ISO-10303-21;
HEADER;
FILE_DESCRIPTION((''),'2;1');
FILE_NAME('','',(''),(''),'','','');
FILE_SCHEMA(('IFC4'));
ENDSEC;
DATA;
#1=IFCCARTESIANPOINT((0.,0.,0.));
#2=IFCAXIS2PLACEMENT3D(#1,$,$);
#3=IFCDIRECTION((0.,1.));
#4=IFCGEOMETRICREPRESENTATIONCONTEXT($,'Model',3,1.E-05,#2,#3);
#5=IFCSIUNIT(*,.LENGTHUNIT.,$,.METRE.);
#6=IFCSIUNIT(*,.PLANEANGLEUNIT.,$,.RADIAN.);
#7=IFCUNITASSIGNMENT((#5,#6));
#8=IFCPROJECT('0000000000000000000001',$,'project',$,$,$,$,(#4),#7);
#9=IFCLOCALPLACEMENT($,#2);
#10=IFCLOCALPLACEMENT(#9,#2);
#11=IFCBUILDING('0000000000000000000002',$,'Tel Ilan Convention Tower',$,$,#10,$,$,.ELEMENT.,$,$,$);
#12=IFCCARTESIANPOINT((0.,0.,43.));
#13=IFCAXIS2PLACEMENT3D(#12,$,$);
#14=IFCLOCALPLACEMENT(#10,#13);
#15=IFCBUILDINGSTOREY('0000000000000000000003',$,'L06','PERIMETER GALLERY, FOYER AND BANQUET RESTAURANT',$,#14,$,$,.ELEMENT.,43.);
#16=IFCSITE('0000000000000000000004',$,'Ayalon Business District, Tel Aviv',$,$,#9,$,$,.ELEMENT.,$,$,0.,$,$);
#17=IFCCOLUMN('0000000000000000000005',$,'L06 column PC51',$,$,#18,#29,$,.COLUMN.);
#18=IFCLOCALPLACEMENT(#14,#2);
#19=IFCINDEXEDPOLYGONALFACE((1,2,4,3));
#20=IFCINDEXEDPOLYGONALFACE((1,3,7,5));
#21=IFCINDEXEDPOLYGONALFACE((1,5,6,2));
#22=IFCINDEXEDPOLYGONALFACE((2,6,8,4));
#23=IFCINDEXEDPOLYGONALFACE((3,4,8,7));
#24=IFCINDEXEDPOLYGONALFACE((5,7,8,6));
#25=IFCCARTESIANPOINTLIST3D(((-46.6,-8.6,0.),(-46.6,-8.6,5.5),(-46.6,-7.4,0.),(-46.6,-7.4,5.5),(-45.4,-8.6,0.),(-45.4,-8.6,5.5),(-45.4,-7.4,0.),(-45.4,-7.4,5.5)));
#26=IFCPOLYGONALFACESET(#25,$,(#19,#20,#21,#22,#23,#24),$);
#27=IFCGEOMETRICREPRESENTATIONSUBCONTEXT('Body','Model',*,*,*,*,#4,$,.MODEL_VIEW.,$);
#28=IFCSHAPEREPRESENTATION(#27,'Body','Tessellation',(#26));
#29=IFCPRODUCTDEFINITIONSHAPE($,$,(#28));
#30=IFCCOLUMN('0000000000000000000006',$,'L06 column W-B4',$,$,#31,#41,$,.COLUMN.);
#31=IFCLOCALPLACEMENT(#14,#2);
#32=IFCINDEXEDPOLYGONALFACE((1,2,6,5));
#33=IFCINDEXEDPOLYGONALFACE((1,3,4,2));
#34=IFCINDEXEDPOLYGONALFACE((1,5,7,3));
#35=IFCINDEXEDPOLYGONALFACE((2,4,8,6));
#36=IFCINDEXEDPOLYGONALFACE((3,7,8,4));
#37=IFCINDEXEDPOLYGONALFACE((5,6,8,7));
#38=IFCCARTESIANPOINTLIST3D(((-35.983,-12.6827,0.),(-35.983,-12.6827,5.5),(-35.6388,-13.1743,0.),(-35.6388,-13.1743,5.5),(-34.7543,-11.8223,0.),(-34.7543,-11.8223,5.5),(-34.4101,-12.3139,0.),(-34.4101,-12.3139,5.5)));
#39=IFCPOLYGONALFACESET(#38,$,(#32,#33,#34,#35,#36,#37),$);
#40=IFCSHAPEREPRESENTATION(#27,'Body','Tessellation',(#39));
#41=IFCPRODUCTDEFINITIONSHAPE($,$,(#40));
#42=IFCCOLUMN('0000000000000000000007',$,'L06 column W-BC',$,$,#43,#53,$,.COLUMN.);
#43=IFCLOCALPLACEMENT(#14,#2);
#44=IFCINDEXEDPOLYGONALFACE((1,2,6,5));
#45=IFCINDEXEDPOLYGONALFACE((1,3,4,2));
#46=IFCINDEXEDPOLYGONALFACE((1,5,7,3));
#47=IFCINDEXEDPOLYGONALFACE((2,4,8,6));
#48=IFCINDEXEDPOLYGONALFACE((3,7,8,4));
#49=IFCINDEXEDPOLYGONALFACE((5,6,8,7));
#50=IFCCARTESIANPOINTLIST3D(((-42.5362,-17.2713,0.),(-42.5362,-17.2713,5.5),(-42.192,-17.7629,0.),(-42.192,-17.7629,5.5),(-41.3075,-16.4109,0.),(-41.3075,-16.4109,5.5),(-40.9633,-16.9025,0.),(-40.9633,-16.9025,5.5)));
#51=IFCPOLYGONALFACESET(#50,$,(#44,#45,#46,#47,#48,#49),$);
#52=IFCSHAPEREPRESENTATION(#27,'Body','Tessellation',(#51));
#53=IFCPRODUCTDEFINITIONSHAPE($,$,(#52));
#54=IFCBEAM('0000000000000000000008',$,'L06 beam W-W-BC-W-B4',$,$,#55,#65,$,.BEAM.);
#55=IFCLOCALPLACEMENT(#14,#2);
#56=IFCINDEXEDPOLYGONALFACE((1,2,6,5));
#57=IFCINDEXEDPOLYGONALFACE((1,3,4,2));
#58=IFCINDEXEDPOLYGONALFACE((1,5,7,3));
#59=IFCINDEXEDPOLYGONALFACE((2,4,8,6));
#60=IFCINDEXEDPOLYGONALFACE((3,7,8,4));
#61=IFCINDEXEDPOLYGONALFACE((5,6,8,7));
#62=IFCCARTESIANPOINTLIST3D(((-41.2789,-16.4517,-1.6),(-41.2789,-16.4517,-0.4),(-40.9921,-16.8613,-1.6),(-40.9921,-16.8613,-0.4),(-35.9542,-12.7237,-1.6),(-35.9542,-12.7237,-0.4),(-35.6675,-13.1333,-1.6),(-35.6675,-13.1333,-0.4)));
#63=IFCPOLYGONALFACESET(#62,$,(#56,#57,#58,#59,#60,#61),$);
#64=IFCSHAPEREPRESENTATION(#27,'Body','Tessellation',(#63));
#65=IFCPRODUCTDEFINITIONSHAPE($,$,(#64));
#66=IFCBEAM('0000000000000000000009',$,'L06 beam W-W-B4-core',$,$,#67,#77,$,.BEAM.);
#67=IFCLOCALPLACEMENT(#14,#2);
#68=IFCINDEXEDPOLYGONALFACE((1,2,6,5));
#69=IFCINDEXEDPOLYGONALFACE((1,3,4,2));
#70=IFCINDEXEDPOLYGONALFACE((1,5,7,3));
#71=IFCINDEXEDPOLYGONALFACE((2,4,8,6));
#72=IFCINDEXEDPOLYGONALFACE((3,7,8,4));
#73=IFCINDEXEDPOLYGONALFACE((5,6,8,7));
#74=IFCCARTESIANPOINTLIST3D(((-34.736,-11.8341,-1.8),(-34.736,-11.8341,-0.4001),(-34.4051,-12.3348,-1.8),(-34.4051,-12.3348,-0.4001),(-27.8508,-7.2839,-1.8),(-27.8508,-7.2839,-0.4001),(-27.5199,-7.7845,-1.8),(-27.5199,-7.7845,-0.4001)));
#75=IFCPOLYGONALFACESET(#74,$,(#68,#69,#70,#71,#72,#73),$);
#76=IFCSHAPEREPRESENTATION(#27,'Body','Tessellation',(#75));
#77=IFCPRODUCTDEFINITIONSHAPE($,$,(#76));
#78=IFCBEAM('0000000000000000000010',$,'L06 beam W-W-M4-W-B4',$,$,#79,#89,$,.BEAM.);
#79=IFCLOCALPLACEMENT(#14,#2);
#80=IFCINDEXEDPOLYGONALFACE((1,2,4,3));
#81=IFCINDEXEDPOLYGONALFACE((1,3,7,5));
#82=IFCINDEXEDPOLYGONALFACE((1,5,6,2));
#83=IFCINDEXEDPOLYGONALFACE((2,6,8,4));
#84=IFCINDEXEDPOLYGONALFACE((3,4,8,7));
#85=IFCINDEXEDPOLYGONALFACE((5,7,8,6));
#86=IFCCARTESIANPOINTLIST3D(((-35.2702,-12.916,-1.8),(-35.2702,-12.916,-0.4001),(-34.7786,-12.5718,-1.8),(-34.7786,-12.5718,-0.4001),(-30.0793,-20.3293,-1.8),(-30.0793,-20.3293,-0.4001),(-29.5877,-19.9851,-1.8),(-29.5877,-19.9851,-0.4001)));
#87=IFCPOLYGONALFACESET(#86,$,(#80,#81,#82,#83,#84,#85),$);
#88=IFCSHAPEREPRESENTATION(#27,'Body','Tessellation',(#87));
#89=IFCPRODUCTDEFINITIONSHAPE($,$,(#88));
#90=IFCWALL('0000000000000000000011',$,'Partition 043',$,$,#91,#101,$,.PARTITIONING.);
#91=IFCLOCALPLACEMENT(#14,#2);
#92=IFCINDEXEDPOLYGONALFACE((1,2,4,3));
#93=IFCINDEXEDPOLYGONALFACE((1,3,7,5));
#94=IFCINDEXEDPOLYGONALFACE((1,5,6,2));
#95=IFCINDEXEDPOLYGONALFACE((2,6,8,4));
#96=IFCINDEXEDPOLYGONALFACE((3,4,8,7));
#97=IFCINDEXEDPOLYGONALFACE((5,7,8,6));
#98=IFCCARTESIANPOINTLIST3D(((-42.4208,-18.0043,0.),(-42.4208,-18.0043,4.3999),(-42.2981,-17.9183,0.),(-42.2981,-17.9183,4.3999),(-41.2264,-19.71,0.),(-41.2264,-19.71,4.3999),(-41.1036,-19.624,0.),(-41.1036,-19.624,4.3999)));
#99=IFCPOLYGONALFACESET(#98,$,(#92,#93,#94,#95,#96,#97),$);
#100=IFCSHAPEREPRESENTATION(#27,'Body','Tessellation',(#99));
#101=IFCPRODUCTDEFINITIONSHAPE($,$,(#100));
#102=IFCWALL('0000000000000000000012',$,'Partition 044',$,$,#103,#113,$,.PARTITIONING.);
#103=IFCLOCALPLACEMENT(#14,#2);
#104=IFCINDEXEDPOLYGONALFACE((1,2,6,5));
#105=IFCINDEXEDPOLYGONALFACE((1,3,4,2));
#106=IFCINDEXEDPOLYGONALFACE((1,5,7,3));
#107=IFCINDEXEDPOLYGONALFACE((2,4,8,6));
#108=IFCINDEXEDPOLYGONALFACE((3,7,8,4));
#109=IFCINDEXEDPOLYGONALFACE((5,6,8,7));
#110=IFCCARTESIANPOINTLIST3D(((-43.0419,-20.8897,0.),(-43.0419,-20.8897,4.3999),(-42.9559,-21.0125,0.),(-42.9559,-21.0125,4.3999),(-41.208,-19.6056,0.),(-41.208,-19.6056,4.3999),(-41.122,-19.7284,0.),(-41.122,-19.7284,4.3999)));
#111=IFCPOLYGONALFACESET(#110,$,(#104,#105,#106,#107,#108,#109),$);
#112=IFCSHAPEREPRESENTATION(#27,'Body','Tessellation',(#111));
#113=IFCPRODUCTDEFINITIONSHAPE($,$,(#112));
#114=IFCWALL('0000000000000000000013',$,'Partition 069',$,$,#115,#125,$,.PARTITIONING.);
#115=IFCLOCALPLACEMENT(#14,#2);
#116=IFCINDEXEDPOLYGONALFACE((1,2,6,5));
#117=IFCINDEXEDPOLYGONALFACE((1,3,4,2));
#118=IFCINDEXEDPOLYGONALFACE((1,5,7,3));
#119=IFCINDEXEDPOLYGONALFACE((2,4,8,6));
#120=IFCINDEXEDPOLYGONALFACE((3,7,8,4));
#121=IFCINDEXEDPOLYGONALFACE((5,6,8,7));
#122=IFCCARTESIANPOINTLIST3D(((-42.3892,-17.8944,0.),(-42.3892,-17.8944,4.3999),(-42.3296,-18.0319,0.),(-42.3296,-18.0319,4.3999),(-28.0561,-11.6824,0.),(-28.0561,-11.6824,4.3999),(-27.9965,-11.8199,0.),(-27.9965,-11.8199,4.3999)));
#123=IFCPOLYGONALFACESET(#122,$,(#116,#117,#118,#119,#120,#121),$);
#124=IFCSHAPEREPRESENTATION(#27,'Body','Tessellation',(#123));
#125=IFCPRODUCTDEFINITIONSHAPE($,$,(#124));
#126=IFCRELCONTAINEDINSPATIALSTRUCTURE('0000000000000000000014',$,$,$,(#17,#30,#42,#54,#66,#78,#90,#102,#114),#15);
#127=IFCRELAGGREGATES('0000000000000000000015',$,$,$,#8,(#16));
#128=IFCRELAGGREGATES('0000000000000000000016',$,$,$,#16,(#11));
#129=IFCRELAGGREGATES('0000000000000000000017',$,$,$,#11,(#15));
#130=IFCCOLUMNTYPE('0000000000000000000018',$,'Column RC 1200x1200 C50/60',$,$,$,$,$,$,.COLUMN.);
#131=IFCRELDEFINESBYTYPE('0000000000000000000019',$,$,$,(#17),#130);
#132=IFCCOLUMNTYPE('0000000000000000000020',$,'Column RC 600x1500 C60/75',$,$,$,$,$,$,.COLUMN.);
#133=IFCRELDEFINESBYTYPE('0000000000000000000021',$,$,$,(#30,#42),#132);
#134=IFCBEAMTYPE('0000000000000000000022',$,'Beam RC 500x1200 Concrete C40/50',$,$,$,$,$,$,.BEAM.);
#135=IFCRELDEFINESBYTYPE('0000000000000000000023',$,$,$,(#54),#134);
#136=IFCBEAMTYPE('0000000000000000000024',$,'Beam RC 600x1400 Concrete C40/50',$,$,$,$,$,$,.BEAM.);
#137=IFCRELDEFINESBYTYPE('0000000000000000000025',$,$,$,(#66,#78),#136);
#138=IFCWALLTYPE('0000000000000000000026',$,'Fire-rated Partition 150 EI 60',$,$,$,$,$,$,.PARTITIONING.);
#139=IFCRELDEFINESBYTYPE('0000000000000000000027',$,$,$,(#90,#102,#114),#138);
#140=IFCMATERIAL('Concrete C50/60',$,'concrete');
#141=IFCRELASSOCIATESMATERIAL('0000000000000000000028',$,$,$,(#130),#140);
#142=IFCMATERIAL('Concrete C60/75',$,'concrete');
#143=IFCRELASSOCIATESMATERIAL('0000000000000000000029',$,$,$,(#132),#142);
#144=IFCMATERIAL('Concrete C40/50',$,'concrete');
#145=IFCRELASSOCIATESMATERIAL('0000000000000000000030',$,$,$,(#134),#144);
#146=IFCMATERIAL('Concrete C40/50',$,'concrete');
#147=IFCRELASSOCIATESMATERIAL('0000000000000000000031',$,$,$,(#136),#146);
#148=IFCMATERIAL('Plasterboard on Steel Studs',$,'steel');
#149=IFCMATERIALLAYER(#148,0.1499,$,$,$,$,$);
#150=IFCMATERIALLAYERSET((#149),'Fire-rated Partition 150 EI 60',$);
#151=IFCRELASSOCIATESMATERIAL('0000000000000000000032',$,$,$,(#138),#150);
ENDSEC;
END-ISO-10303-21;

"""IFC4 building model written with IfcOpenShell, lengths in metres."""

from ifc_helpers import new_model, si_unit, direction, frame, frame_2d, origin, origin_2d, place, context, subcontext, project, spatial, rectangle, extrude, material, layer, layer_set, material_profile, profile_set, type_object, element, save


model = new_model("IFC4")

# Units and contexts
model_context = context("Model", 3, precision=1e-05, world=origin(), true_north=direction((0.0, 1.0)))
body_context = subcontext(model_context, "Body", "Model", "MODEL_VIEW")
ifc_project = project(units=[si_unit("LENGTHUNIT", "METRE"), si_unit("PLANEANGLEUNIT", "RADIAN")], contexts=[model_context])

# Site, building, storey
site_placement = place(None, origin())
site = spatial("IfcSite", under=ifc_project, at=site_placement, Name="Ayalon Business District, Tel Aviv", CompositionType="ELEMENT", RefElevation=0.0)
building_placement = place(site_placement, origin())
building = spatial("IfcBuilding", under=site, at=building_placement, Name="Tel Ilan Convention Tower", CompositionType="ELEMENT")
storey_placement = place(building_placement, frame((0.0, 0.0, 43.0)))
storey = spatial("IfcBuildingStorey", under=building, at=storey_placement, Name="L06", Description="PERIMETER GALLERY, FOYER AND BANQUET RESTAURANT", CompositionType="ELEMENT", Elevation=43.0)

# Columns
ifc_material_1 = material(Name="Concrete C50/60", Category="concrete")
ifc_material_profile_1 = material_profile(ifc_material_1, rectangle(XDim=1.2, YDim=1.2, at=origin_2d()), Name="RC 1200x1200")
ifc_profile_set_1 = profile_set([ifc_material_profile_1], Name="Concrete C50/60")
column_type_1 = type_object("IfcColumnType", Name="Column RC 1200x1200 C50/60", PredefinedType="COLUMN", material=ifc_profile_set_1)
column_placement = place(storey_placement, frame((-46.0, -8.0, 0.0), z_axis=(0.0, 0.0, 1.0), x_axis=(1.0, 0.0, 0.0)))
element("IfcColumn", 1, at=column_placement, inside=storey, type_object=column_type_1, Name="L06 column PC51", PredefinedType="COLUMN", context=body_context, shape_type="SweptSolid", body=[
    extrude(rectangle(XDim=1.2, YDim=1.2, at=origin_2d()), origin(), (0.0, 0.0, 1.0), 5.5),
])
ifc_material_2 = material(Name="Concrete C60/75", Category="concrete")
ifc_material_profile_2 = material_profile(ifc_material_2, rectangle(XDim=1.5, YDim=0.6001, at=origin_2d()), Name="RC 600x1500")
ifc_profile_set_2 = profile_set([ifc_material_profile_2], Name="Concrete C60/75")
column_type_2 = type_object("IfcColumnType", Name="Column RC 600x1500 C60/75", PredefinedType="COLUMN", material=ifc_profile_set_2)
for number, where, z_axis, x_axis, name in (
    (2, (-35.1965, -12.4983, 0.0), (0.0, 0.0, 1.0), (-0.819152, -0.573576, 0.0), "L06 column W-B4"),
    (3, (-41.7498, -17.0869, 0.0), (0.0, 0.0, 1.0), (-0.819152, -0.573576, 0.0), "L06 column W-BC"),
):
    element("IfcColumn", number, at=place(storey_placement, frame(where, z_axis=z_axis, x_axis=x_axis)), inside=storey, type_object=column_type_2, Name=name, PredefinedType="COLUMN", context=body_context, shape_type="SweptSolid", body=[
        extrude(rectangle(XDim=1.5, YDim=0.6001, at=origin_2d()), origin(), (0.0, 0.0, 1.0), 5.5),
    ])

# Beams
ifc_material_3 = material(Name="Concrete C40/50", Category="concrete")
ifc_material_profile_3 = material_profile(ifc_material_3, rectangle(XDim=0.5, YDim=1.2, at=origin_2d()), Name="RC 500x1200")
ifc_profile_set_3 = profile_set([ifc_material_profile_3], Name="Concrete C40/50")
beam_type_1 = type_object("IfcBeamType", Name="Beam RC 500x1200 Concrete C40/50", PredefinedType="BEAM", material=ifc_profile_set_3)
beam_1_placement = place(storey_placement, frame((-41.1355, -16.6565, -1.0), z_axis=(0.819179, 0.573538, 0.0), x_axis=(-0.573538, 0.819179, 0.0)))
element("IfcBeam", 4, at=beam_1_placement, inside=storey, type_object=beam_type_1, Name="L06 beam W-W-BC-W-B4", PredefinedType="BEAM", context=body_context, shape_type="SweptSolid", body=[
    extrude(rectangle(XDim=0.5, YDim=1.2, at=origin_2d()), origin(), (0.0, 0.0, 1.0), 6.5),
])
ifc_material_4 = material(Name="Concrete C40/50", Category="concrete")
ifc_material_profile_4 = material_profile(ifc_material_4, rectangle(XDim=0.6001, YDim=1.3999, at=origin_2d()), Name="RC 600x1400")
ifc_profile_set_4 = profile_set([ifc_material_profile_4], Name="Concrete C40/50")
beam_type_2 = type_object("IfcBeamType", Name="Beam RC 600x1400 Concrete C40/50", PredefinedType="BEAM", material=ifc_profile_set_4)
beam_2_placement = place(storey_placement, frame((-34.5706, -12.0845, -1.1001), z_axis=(0.834274, 0.551351, 0.0), x_axis=(-0.551351, 0.834274, 0.0)))
element("IfcBeam", 5, at=beam_2_placement, inside=storey, type_object=beam_type_2, Name="L06 beam W-W-B4-core", PredefinedType="BEAM", context=body_context, shape_type="SweptSolid", body=[
    extrude(rectangle(XDim=0.6001, YDim=1.3999, at=origin_2d()), origin(), (0.0, 0.0, 1.0), 8.2529),
])
beam_3_placement = place(storey_placement, frame((-29.8335, -20.1572, -1.1001), z_axis=(-0.57358, 0.81915, 0.0), x_axis=(-0.81915, -0.57358, 0.0)))
element("IfcBeam", 6, at=beam_3_placement, inside=storey, type_object=beam_type_2, Name="L06 beam W-W-M4-W-B4", PredefinedType="BEAM", context=body_context, shape_type="SweptSolid", body=[
    extrude(rectangle(XDim=0.6001, YDim=1.3999, at=origin_2d()), origin(), (0.0, 0.0, 1.0), 9.05),
])

# Walls
ifc_material_5 = material(Name="Plasterboard on Steel Studs", Category="steel")
ifc_layer_1 = layer(ifc_material_5, 0.1499)
ifc_layer_set_1 = layer_set([ifc_layer_1], Name="Fire-rated Partition 150 EI 60")
wall_type_1 = type_object("IfcWallType", Name="Fire-rated Partition 150 EI 60", PredefinedType="PARTITIONING", material=ifc_layer_set_1)
wall_1_placement = place(storey_placement, frame((-42.3594, -17.9614, 0.0), z_axis=(0.0, 0.0, 1.0), x_axis=(0.573604, -0.819133, 0.0)))
element("IfcWall", 7, at=wall_1_placement, inside=storey, type_object=wall_type_1, Name="Partition 043", PredefinedType="PARTITIONING", context=body_context, shape_type="SweptSolid", body=[
    extrude(rectangle(XDim=2.0823, YDim=0.1499, at=frame_2d((1.041, 0.0))), origin(), (0.0, 0.0, 1.0), 4.3999),
])
wall_2_placement = place(storey_placement, frame((-41.165, -19.667, 0.0), z_axis=(0.0, 0.0, 1.0), x_axis=(-0.81915, -0.573579, 0.0)))
element("IfcWall", 8, at=wall_2_placement, inside=storey, type_object=wall_type_1, Name="Partition 044", PredefinedType="PARTITIONING", context=body_context, shape_type="SweptSolid", body=[
    extrude(rectangle(XDim=2.2388, YDim=0.1499, at=frame_2d((1.1194, 0.0))), origin(), (0.0, 0.0, 1.0), 4.3999),
])
wall_3_placement = place(storey_placement, frame((-28.0264, -11.7512, 0.0), z_axis=(0.0, 0.0, 1.0), x_axis=(-0.917534, -0.397658, 0.0)))
element("IfcWall", 9, at=wall_3_placement, inside=storey, type_object=wall_type_1, Name="Partition 069", PredefinedType="PARTITIONING", context=body_context, shape_type="SweptSolid", body=[
    extrude(rectangle(XDim=15.6213, YDim=0.1499, at=frame_2d((7.8105, 0.0))), origin(), (0.0, 0.0, 1.0), 4.3999),
])

save(model, "model.ifc")
